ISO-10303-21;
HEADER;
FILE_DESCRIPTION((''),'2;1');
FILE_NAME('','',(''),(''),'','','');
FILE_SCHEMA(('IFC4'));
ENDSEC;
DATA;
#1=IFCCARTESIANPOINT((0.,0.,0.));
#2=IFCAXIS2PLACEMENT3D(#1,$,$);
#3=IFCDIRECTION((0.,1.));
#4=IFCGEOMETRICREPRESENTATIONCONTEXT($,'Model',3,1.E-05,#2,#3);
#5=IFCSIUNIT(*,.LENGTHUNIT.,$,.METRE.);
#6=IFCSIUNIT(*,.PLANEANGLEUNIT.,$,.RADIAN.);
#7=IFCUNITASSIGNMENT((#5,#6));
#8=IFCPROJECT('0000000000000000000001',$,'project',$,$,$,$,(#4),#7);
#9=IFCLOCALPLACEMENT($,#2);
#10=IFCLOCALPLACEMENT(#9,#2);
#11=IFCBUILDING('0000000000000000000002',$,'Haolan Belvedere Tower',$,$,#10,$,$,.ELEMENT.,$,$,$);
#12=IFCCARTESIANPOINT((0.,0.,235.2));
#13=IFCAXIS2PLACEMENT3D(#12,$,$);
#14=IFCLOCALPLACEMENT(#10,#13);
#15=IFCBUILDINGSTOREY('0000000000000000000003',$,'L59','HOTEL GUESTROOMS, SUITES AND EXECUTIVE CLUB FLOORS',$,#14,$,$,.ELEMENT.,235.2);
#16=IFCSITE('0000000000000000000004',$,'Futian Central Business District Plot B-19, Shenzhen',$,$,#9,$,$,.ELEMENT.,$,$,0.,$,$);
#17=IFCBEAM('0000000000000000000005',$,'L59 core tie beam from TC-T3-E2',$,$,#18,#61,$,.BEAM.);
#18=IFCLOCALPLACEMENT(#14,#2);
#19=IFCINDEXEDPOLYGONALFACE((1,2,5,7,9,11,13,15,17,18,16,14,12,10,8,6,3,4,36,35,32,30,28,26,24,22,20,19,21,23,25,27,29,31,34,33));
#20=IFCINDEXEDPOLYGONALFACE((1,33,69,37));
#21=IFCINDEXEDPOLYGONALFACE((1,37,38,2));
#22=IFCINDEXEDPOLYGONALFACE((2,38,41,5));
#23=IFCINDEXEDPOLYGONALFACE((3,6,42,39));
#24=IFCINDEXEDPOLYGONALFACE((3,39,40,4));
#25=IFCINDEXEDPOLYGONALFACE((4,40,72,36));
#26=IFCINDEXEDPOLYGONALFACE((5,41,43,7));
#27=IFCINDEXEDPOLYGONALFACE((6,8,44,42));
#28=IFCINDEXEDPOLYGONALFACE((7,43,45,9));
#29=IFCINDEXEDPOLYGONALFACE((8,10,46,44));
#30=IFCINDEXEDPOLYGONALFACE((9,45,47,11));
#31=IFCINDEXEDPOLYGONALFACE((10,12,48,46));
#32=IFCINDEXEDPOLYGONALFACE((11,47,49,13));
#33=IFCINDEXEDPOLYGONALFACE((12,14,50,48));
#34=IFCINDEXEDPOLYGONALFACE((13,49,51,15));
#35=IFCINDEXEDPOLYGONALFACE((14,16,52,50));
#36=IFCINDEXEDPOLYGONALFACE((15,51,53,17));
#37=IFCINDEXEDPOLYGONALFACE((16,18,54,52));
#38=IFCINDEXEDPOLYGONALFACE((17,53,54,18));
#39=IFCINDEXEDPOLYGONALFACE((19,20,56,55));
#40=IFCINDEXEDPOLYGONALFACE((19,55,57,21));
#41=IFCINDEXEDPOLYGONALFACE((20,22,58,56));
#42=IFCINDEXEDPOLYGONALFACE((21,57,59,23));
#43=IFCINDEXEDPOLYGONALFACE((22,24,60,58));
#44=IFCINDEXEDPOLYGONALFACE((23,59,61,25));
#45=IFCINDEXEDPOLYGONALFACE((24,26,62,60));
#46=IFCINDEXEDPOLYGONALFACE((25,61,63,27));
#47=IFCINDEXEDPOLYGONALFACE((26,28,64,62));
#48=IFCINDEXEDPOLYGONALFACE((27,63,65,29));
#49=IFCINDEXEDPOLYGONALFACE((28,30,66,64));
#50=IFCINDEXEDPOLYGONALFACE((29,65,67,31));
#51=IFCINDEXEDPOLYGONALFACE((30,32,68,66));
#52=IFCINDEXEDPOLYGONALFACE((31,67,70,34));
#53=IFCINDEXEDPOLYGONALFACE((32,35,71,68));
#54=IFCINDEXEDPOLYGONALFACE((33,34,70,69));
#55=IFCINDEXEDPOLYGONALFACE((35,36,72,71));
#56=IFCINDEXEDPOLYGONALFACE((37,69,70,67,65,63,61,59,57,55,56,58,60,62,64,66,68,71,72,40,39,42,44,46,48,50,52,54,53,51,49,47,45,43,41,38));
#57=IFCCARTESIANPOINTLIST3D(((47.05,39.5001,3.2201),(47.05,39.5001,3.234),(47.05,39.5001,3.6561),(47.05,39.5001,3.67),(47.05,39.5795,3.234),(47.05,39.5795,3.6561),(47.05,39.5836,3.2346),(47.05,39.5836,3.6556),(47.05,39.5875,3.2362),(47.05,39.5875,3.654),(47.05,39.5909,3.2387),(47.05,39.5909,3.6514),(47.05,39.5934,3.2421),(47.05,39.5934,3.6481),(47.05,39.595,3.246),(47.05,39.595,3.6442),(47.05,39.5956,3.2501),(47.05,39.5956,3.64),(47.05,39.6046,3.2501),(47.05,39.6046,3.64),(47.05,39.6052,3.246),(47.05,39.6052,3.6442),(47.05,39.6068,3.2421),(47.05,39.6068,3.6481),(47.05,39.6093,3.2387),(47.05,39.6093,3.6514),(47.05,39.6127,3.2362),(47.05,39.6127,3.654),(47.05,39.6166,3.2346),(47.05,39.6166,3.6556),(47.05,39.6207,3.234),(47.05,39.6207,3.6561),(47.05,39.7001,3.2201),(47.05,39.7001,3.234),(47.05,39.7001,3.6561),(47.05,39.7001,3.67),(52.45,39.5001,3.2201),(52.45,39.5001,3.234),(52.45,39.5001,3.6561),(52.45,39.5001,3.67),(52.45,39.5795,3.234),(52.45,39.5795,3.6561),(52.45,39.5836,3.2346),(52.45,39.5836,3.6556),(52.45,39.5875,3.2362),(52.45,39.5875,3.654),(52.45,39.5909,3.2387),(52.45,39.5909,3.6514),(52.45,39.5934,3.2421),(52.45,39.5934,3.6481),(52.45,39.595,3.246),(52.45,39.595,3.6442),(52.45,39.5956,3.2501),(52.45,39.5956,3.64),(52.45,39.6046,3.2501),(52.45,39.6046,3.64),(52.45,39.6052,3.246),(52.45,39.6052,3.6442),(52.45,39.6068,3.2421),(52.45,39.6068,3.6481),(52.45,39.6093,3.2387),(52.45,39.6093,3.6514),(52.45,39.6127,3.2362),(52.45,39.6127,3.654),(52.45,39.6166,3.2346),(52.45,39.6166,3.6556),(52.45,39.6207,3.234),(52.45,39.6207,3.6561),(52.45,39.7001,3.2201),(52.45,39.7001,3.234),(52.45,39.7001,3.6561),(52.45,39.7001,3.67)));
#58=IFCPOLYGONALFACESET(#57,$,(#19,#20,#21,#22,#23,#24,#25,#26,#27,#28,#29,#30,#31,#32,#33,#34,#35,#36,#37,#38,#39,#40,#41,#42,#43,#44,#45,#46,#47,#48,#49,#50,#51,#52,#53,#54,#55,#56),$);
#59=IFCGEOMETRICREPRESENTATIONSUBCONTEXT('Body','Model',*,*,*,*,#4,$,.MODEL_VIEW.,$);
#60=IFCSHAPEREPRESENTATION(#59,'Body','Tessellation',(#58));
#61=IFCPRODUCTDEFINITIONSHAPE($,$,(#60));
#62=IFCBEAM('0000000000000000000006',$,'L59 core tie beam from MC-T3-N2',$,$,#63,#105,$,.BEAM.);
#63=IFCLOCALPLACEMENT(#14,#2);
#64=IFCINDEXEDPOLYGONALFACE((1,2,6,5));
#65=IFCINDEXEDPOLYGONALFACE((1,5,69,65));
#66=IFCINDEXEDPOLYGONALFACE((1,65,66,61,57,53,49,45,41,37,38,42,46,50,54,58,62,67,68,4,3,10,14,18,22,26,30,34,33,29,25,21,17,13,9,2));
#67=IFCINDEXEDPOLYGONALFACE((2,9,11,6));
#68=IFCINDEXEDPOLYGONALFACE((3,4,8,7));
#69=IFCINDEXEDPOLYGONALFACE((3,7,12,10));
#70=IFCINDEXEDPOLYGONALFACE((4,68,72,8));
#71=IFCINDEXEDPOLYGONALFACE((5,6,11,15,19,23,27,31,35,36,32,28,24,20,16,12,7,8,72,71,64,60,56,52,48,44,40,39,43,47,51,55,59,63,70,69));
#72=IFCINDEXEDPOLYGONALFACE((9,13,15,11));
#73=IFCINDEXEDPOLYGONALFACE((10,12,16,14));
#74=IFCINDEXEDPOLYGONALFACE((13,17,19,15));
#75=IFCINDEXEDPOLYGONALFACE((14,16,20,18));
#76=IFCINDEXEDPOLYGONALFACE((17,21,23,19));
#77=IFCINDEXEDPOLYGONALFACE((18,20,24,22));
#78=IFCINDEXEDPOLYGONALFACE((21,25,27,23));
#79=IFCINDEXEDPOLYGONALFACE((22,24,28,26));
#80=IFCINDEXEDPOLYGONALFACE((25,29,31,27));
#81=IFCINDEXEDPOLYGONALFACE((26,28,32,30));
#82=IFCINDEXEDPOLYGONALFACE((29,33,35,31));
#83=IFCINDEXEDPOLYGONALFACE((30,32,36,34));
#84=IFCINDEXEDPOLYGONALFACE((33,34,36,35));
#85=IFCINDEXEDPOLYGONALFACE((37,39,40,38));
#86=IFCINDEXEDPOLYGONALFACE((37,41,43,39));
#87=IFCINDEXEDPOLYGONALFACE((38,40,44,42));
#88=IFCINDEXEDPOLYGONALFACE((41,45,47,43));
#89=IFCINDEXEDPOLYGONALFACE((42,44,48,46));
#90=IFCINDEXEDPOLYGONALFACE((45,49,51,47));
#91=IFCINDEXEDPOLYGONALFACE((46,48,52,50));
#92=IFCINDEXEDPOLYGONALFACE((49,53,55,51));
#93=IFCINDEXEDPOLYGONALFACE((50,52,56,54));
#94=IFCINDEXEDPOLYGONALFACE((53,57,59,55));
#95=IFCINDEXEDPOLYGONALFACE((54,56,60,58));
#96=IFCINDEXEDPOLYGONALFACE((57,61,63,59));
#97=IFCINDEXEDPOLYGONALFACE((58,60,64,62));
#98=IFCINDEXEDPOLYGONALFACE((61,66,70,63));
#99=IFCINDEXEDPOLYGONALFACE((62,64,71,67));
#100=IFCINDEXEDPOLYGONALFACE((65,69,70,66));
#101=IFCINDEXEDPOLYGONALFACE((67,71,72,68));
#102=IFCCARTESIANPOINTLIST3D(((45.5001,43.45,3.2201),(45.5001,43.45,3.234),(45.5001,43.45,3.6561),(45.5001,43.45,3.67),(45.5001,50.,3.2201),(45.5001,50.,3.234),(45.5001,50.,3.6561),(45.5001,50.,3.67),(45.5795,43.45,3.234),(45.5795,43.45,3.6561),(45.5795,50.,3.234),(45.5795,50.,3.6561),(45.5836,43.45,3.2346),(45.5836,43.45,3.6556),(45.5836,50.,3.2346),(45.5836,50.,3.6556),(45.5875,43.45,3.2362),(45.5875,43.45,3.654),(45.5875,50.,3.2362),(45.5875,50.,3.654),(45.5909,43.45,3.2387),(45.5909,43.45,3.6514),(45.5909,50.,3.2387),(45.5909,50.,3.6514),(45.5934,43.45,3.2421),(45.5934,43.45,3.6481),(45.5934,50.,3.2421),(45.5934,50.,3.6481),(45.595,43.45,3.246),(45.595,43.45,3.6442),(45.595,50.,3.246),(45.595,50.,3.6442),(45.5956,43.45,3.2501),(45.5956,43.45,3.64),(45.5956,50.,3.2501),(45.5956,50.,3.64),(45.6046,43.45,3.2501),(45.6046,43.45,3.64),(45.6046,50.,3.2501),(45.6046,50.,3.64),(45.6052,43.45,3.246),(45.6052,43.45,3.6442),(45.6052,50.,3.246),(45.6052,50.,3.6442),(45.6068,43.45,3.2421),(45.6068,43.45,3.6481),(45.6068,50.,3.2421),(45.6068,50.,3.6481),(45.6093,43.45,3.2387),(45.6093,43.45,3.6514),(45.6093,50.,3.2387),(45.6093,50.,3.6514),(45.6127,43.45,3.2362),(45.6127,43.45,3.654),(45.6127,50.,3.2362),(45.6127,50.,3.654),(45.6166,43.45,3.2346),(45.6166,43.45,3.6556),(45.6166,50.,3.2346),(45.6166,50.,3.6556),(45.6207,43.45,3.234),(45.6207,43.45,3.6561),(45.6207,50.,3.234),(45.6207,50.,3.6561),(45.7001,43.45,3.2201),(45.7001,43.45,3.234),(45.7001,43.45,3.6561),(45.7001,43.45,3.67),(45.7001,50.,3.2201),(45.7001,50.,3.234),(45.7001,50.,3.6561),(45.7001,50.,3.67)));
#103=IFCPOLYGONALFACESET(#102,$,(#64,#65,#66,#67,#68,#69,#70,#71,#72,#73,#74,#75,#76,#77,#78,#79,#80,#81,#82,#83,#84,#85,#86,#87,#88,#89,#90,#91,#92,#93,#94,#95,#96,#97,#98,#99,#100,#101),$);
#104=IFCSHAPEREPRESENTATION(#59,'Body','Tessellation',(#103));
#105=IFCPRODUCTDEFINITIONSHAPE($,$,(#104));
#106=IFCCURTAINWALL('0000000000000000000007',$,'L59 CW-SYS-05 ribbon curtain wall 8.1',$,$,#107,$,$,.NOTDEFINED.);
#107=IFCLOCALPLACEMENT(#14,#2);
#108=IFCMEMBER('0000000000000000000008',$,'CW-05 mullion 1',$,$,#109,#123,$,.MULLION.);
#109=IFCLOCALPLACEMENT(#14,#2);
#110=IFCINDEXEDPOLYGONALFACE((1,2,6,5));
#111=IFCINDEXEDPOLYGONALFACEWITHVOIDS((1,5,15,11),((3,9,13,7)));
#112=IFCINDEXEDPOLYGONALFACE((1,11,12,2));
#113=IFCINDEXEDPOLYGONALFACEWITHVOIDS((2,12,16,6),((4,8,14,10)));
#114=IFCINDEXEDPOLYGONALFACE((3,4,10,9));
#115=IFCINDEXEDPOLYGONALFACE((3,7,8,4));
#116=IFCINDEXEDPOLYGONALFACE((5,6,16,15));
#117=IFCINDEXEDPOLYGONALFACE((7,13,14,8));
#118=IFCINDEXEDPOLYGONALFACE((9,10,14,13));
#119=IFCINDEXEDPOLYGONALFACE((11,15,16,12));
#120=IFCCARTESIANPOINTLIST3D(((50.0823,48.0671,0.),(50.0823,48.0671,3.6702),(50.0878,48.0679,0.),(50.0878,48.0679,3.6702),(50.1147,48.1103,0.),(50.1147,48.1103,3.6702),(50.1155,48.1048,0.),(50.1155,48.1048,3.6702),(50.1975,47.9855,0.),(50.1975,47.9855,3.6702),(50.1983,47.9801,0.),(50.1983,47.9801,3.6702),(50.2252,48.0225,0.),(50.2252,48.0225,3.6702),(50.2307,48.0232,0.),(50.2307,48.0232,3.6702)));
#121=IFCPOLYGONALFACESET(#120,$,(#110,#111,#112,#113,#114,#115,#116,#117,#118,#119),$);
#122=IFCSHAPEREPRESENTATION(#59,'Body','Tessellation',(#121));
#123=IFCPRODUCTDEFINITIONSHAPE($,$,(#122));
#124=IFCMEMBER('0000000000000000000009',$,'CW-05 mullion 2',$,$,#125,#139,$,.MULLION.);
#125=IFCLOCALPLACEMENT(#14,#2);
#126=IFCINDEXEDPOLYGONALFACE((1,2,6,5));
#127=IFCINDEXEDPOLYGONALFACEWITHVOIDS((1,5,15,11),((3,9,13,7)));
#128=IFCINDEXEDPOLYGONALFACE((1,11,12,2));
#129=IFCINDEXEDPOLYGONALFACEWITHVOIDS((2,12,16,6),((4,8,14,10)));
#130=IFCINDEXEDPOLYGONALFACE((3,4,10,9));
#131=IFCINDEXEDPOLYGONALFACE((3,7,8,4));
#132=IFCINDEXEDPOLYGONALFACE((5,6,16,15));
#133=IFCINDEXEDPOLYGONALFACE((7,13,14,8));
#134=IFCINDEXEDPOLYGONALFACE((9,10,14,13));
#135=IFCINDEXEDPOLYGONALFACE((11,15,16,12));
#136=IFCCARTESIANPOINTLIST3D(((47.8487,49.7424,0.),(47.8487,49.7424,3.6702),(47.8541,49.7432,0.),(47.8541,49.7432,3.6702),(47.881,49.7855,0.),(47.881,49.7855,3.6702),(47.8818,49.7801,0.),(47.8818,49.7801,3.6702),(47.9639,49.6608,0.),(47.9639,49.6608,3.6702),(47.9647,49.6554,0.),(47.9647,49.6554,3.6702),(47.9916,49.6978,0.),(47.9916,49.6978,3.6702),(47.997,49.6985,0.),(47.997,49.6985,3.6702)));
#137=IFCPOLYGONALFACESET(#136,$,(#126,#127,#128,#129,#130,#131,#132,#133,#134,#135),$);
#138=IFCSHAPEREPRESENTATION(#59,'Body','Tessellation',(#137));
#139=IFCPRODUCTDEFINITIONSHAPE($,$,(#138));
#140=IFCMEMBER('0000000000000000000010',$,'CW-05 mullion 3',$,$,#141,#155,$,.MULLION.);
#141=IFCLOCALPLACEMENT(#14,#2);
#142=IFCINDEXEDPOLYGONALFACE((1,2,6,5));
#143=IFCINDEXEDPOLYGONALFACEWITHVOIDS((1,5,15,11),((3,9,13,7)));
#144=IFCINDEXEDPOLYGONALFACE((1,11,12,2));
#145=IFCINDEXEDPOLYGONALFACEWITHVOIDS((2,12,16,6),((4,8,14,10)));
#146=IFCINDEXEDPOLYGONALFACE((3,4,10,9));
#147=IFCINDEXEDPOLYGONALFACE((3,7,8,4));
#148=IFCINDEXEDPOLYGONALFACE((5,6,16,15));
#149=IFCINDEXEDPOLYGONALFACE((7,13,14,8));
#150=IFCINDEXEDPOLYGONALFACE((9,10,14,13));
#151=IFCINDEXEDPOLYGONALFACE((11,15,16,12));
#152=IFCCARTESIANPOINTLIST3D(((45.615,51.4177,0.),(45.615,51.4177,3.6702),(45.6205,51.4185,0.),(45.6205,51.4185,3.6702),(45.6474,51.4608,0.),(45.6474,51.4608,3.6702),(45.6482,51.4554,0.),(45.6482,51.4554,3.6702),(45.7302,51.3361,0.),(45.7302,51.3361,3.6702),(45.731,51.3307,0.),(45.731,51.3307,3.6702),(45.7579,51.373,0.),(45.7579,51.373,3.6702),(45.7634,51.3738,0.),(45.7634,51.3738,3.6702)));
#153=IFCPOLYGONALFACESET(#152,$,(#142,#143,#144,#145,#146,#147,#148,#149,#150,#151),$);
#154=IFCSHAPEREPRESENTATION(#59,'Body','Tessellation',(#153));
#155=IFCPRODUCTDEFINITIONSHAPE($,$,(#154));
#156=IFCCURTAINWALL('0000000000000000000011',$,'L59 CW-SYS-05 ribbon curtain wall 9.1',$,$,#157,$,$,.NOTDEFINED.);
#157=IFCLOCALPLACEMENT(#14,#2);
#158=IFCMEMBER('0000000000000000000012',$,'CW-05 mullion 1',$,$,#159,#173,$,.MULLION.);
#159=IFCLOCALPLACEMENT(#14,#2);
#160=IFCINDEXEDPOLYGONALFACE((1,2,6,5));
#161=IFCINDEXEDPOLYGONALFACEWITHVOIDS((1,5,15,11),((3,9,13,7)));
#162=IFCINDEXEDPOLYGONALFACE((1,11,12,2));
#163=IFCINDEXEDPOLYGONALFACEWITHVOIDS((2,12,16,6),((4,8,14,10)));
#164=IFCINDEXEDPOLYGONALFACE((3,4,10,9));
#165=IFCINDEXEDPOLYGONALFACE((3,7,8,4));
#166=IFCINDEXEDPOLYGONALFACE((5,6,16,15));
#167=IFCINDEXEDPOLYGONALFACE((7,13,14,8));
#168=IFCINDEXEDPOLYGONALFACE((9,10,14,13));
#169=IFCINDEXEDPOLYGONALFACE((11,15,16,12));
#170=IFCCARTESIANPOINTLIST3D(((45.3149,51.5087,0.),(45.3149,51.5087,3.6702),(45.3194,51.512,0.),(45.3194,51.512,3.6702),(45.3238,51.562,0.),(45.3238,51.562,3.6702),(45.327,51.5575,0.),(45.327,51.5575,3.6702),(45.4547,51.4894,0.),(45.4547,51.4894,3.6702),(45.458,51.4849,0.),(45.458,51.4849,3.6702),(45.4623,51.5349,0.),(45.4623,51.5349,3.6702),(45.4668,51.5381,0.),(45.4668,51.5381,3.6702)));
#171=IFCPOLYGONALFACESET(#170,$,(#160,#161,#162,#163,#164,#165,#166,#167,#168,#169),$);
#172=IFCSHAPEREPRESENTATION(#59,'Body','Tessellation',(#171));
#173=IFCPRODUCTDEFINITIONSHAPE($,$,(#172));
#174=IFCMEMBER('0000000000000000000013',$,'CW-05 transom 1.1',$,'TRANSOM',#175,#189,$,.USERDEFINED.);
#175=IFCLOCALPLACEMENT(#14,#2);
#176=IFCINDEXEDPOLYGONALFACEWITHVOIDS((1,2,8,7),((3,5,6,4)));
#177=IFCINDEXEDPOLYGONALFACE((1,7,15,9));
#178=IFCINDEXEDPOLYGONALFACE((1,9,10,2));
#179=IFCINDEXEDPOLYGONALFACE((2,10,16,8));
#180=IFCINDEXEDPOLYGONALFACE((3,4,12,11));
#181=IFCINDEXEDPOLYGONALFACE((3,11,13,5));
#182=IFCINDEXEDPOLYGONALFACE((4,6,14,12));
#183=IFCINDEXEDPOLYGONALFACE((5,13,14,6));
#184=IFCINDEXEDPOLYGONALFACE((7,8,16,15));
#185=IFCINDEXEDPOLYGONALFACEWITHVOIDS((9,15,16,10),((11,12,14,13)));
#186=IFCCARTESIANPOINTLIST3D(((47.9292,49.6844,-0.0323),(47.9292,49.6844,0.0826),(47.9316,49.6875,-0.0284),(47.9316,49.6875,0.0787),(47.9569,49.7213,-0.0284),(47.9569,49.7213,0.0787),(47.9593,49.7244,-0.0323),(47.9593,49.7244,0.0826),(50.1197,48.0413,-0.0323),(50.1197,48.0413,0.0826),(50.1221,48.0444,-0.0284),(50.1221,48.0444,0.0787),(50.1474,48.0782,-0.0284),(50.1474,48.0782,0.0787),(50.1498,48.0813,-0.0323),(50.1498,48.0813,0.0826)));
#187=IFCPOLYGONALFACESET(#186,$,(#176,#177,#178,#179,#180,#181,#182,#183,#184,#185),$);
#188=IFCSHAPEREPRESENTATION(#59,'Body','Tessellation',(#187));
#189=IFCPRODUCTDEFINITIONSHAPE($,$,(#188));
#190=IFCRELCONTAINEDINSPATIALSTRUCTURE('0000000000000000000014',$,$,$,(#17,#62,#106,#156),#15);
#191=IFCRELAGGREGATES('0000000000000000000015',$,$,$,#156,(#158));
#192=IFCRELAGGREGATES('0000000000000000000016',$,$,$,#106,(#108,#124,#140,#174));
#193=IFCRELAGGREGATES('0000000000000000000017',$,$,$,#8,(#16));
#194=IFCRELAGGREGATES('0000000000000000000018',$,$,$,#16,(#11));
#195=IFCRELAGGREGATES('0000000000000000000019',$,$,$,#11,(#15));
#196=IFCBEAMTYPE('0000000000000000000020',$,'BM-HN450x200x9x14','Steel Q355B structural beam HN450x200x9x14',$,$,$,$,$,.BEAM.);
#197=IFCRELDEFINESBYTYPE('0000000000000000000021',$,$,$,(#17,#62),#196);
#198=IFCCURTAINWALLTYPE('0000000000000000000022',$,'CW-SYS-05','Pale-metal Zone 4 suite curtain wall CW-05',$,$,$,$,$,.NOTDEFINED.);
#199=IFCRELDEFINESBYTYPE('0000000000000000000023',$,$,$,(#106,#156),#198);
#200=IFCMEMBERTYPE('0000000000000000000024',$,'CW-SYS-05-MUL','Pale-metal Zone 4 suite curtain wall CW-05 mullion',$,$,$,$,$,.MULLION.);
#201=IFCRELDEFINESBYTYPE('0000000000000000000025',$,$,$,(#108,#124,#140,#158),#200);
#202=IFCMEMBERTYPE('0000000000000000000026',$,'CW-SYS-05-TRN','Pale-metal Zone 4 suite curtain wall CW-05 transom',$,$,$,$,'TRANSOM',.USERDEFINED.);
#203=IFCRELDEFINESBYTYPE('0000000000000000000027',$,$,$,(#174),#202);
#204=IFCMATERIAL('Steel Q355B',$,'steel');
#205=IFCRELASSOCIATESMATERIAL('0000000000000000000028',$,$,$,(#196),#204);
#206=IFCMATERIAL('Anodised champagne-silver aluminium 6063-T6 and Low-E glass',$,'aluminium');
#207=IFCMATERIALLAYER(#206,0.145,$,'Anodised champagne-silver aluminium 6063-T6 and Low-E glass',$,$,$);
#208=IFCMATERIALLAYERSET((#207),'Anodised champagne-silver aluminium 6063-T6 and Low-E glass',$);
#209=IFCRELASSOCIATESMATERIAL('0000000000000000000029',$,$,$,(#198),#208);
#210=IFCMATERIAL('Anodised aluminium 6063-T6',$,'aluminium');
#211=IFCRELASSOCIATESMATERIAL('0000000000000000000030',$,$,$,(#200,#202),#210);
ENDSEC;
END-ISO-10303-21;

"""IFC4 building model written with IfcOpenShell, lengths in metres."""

from ifc_helpers import new_model, si_unit, direction, frame, origin, origin_2d, place, context, subcontext, project, spatial, hollow_rectangle, i_section, extrude, material, layer, layer_set, material_profile, profile_set, type_object, element, aggregate, save


model = new_model("IFC4")

# Units and contexts
model_context = context("Model", 3, precision=1e-05, world=origin(), true_north=direction((0.0, 1.0)))
body_context = subcontext(model_context, "Body", "Model", "MODEL_VIEW")
ifc_project = project(units=[si_unit("LENGTHUNIT", "METRE"), si_unit("PLANEANGLEUNIT", "RADIAN")], contexts=[model_context])

# Site, building, storey
site_placement = place(None, origin())
site = spatial("IfcSite", under=ifc_project, at=site_placement, Name="Futian Central Business District Plot B-19, Shenzhen", CompositionType="ELEMENT", RefElevation=0.0)
building_placement = place(site_placement, origin())
building = spatial("IfcBuilding", under=site, at=building_placement, Name="Haolan Belvedere Tower", CompositionType="ELEMENT")
storey_placement = place(building_placement, frame((0.0, 0.0, 235.2)))
storey = spatial("IfcBuildingStorey", under=building, at=storey_placement, Name="L59", Description="HOTEL GUESTROOMS, SUITES AND EXECUTIVE CLUB FLOORS", CompositionType="ELEMENT", Elevation=235.2)

# Beams
ifc_material_1 = material(Name="Steel Q355B", Category="steel")
ifc_material_profile_1 = material_profile(ifc_material_1, i_section(OverallWidth=0.2, OverallDepth=0.45, WebThickness=0.009, FlangeThickness=0.0139, FilletRadius=0.0161, at=origin_2d()), Name="Steel Q355B")
ifc_profile_set_1 = profile_set([ifc_material_profile_1], Name="Steel Q355B")
beam_type_1 = type_object("IfcBeamType", Name="BM-HN450x200x9x14", Description="Steel Q355B structural beam HN450x200x9x14", PredefinedType="BEAM", material=ifc_profile_set_1)
beam_1_placement = place(storey_placement, frame((52.45, 39.6001, 3.4451), z_axis=(-1.0, 0.0, 0.0), x_axis=(0.0, -1.0, 0.0)))
element("IfcBeam", 1, at=beam_1_placement, inside=storey, type_object=beam_type_1, Name="L59 core tie beam from TC-T3-E2", PredefinedType="BEAM", context=body_context, shape_type="SweptSolid", body=[
    extrude(i_section(OverallWidth=0.2, OverallDepth=0.45, WebThickness=0.009, FlangeThickness=0.0139, FilletRadius=0.0161, at=origin_2d()), origin(), (0.0, 0.0, 1.0), 5.3999),
])
beam_2_placement = place(storey_placement, frame((45.6001, 50.0, 3.4451), z_axis=(0.0, -1.0, 0.0), x_axis=(1.0, 0.0, 0.0)))
element("IfcBeam", 2, at=beam_2_placement, inside=storey, type_object=beam_type_1, Name="L59 core tie beam from MC-T3-N2", PredefinedType="BEAM", context=body_context, shape_type="SweptSolid", body=[
    extrude(i_section(OverallWidth=0.2, OverallDepth=0.45, WebThickness=0.009, FlangeThickness=0.0139, FilletRadius=0.0161, at=origin_2d()), origin(), (0.0, 0.0, 1.0), 6.55),
])

# Curtain wall, members
ifc_material_2 = material(Name="Anodised champagne-silver aluminium 6063-T6 and Low-E glass", Category="aluminium")
ifc_layer_1 = layer(ifc_material_2, 0.145, Name="Anodised champagne-silver aluminium 6063-T6 and Low-E glass")
ifc_layer_set_1 = layer_set([ifc_layer_1], Name="Anodised champagne-silver aluminium 6063-T6 and Low-E glass")
curtain_wall_type = type_object("IfcCurtainWallType", Name="CW-SYS-05", Description="Pale-metal Zone 4 suite curtain wall CW-05", PredefinedType="NOTDEFINED", material=ifc_layer_set_1)
curtain_wall_1_placement = place(storey_placement, origin())
curtain_wall_1 = element("IfcCurtainWall", 3, at=curtain_wall_1_placement, inside=storey, type_object=curtain_wall_type, Name="L59 CW-SYS-05 ribbon curtain wall 8.1", PredefinedType="NOTDEFINED")
ifc_material_3 = material(Name="Anodised aluminium 6063-T6", Category="aluminium")
ifc_material_profile_2 = material_profile(ifc_material_3, hollow_rectangle(XDim=0.054, YDim=0.145, WallThickness=0.0039, at=origin_2d()), Name="Anodised aluminium 6063-T6")
ifc_profile_set_2 = profile_set([ifc_material_profile_2], Name="Anodised aluminium 6063-T6")
member_type_1 = type_object("IfcMemberType", Name="CW-SYS-05-MUL", Description="Pale-metal Zone 4 suite curtain wall CW-05 mullion", PredefinedType="MULLION", material=ifc_profile_set_2)
member_1_placement = place(storey_placement, frame((50.1565, 48.0452, 0.0), z_axis=(0.0, 0.0, 1.0), x_axis=(-0.600003, -0.799998, 0.0)))
member_1 = element("IfcMember", 4, at=member_1_placement, type_object=member_type_1, Name="CW-05 mullion 1", PredefinedType="MULLION", context=body_context, shape_type="SweptSolid", body=[
    extrude(hollow_rectangle(XDim=0.054, YDim=0.145, WallThickness=0.0039, at=origin_2d()), origin(), (0.0, 0.0, 1.0), 3.6702),
])
member_2_placement = place(storey_placement, frame((47.9229, 49.7205, 0.0), z_axis=(0.0, 0.0, 1.0), x_axis=(-0.600003, -0.799998, 0.0)))
member_2 = element("IfcMember", 5, at=member_2_placement, type_object=member_type_1, Name="CW-05 mullion 2", PredefinedType="MULLION", context=body_context, shape_type="SweptSolid", body=[
    extrude(hollow_rectangle(XDim=0.054, YDim=0.145, WallThickness=0.0039, at=origin_2d()), origin(), (0.0, 0.0, 1.0), 3.6702),
])
member_3_placement = place(storey_placement, frame((45.6892, 51.3958, 0.0), z_axis=(0.0, 0.0, 1.0), x_axis=(-0.600003, -0.799998, 0.0)))
member_3 = element("IfcMember", 6, at=member_3_placement, type_object=member_type_1, Name="CW-05 mullion 3", PredefinedType="MULLION", context=body_context, shape_type="SweptSolid", body=[
    extrude(hollow_rectangle(XDim=0.054, YDim=0.145, WallThickness=0.0039, at=origin_2d()), origin(), (0.0, 0.0, 1.0), 3.6702),
])

# Curtain wall, member
curtain_wall_2_placement = place(storey_placement, origin())
curtain_wall_2 = element("IfcCurtainWall", 7, at=curtain_wall_2_placement, inside=storey, type_object=curtain_wall_type, Name="L59 CW-SYS-05 ribbon curtain wall 9.1", PredefinedType="NOTDEFINED")
member_4_placement = place(storey_placement, frame((45.3909, 51.5234, 0.0), z_axis=(0.0, 0.0, 1.0), x_axis=(-0.164406, -0.986393, 0.0)))
member_4 = element("IfcMember", 8, at=member_4_placement, type_object=member_type_1, Name="CW-05 mullion 1", PredefinedType="MULLION", context=body_context, shape_type="SweptSolid", body=[
    extrude(hollow_rectangle(XDim=0.054, YDim=0.145, WallThickness=0.0039, at=origin_2d()), origin(), (0.0, 0.0, 1.0), 3.6702),
])

# Member
ifc_material_profile_3 = material_profile(ifc_material_3, hollow_rectangle(XDim=0.05, YDim=0.115, WallThickness=0.0039, at=origin_2d()), Name="Anodised aluminium 6063-T6")
ifc_profile_set_3 = profile_set([ifc_material_profile_3], Name="Anodised aluminium 6063-T6")
member_type_2 = type_object("IfcMemberType", Name="CW-SYS-05-TRN", Description="Pale-metal Zone 4 suite curtain wall CW-05 transom", ElementType="TRANSOM", PredefinedType="USERDEFINED", material=ifc_profile_set_3)
member_5_placement = place(storey_placement, frame((50.1348, 48.0613, 0.0251), z_axis=(-0.799957, 0.600057, 0.0), x_axis=(-0.600057, -0.799957, 0.0)))
member_5 = element("IfcMember", 9, at=member_5_placement, type_object=member_type_2, Name="CW-05 transom 1.1", ObjectType="TRANSOM", PredefinedType="USERDEFINED", context=body_context, shape_type="SweptSolid", body=[
    extrude(hollow_rectangle(XDim=0.05, YDim=0.115, WallThickness=0.0039, at=origin_2d()), origin(), (0.0, 0.0, 1.0), 2.7383),
])
aggregate(curtain_wall_2, [member_4])

aggregate(curtain_wall_1, [member_1, member_2, member_3, member_5])

save(model, "model.ifc")
